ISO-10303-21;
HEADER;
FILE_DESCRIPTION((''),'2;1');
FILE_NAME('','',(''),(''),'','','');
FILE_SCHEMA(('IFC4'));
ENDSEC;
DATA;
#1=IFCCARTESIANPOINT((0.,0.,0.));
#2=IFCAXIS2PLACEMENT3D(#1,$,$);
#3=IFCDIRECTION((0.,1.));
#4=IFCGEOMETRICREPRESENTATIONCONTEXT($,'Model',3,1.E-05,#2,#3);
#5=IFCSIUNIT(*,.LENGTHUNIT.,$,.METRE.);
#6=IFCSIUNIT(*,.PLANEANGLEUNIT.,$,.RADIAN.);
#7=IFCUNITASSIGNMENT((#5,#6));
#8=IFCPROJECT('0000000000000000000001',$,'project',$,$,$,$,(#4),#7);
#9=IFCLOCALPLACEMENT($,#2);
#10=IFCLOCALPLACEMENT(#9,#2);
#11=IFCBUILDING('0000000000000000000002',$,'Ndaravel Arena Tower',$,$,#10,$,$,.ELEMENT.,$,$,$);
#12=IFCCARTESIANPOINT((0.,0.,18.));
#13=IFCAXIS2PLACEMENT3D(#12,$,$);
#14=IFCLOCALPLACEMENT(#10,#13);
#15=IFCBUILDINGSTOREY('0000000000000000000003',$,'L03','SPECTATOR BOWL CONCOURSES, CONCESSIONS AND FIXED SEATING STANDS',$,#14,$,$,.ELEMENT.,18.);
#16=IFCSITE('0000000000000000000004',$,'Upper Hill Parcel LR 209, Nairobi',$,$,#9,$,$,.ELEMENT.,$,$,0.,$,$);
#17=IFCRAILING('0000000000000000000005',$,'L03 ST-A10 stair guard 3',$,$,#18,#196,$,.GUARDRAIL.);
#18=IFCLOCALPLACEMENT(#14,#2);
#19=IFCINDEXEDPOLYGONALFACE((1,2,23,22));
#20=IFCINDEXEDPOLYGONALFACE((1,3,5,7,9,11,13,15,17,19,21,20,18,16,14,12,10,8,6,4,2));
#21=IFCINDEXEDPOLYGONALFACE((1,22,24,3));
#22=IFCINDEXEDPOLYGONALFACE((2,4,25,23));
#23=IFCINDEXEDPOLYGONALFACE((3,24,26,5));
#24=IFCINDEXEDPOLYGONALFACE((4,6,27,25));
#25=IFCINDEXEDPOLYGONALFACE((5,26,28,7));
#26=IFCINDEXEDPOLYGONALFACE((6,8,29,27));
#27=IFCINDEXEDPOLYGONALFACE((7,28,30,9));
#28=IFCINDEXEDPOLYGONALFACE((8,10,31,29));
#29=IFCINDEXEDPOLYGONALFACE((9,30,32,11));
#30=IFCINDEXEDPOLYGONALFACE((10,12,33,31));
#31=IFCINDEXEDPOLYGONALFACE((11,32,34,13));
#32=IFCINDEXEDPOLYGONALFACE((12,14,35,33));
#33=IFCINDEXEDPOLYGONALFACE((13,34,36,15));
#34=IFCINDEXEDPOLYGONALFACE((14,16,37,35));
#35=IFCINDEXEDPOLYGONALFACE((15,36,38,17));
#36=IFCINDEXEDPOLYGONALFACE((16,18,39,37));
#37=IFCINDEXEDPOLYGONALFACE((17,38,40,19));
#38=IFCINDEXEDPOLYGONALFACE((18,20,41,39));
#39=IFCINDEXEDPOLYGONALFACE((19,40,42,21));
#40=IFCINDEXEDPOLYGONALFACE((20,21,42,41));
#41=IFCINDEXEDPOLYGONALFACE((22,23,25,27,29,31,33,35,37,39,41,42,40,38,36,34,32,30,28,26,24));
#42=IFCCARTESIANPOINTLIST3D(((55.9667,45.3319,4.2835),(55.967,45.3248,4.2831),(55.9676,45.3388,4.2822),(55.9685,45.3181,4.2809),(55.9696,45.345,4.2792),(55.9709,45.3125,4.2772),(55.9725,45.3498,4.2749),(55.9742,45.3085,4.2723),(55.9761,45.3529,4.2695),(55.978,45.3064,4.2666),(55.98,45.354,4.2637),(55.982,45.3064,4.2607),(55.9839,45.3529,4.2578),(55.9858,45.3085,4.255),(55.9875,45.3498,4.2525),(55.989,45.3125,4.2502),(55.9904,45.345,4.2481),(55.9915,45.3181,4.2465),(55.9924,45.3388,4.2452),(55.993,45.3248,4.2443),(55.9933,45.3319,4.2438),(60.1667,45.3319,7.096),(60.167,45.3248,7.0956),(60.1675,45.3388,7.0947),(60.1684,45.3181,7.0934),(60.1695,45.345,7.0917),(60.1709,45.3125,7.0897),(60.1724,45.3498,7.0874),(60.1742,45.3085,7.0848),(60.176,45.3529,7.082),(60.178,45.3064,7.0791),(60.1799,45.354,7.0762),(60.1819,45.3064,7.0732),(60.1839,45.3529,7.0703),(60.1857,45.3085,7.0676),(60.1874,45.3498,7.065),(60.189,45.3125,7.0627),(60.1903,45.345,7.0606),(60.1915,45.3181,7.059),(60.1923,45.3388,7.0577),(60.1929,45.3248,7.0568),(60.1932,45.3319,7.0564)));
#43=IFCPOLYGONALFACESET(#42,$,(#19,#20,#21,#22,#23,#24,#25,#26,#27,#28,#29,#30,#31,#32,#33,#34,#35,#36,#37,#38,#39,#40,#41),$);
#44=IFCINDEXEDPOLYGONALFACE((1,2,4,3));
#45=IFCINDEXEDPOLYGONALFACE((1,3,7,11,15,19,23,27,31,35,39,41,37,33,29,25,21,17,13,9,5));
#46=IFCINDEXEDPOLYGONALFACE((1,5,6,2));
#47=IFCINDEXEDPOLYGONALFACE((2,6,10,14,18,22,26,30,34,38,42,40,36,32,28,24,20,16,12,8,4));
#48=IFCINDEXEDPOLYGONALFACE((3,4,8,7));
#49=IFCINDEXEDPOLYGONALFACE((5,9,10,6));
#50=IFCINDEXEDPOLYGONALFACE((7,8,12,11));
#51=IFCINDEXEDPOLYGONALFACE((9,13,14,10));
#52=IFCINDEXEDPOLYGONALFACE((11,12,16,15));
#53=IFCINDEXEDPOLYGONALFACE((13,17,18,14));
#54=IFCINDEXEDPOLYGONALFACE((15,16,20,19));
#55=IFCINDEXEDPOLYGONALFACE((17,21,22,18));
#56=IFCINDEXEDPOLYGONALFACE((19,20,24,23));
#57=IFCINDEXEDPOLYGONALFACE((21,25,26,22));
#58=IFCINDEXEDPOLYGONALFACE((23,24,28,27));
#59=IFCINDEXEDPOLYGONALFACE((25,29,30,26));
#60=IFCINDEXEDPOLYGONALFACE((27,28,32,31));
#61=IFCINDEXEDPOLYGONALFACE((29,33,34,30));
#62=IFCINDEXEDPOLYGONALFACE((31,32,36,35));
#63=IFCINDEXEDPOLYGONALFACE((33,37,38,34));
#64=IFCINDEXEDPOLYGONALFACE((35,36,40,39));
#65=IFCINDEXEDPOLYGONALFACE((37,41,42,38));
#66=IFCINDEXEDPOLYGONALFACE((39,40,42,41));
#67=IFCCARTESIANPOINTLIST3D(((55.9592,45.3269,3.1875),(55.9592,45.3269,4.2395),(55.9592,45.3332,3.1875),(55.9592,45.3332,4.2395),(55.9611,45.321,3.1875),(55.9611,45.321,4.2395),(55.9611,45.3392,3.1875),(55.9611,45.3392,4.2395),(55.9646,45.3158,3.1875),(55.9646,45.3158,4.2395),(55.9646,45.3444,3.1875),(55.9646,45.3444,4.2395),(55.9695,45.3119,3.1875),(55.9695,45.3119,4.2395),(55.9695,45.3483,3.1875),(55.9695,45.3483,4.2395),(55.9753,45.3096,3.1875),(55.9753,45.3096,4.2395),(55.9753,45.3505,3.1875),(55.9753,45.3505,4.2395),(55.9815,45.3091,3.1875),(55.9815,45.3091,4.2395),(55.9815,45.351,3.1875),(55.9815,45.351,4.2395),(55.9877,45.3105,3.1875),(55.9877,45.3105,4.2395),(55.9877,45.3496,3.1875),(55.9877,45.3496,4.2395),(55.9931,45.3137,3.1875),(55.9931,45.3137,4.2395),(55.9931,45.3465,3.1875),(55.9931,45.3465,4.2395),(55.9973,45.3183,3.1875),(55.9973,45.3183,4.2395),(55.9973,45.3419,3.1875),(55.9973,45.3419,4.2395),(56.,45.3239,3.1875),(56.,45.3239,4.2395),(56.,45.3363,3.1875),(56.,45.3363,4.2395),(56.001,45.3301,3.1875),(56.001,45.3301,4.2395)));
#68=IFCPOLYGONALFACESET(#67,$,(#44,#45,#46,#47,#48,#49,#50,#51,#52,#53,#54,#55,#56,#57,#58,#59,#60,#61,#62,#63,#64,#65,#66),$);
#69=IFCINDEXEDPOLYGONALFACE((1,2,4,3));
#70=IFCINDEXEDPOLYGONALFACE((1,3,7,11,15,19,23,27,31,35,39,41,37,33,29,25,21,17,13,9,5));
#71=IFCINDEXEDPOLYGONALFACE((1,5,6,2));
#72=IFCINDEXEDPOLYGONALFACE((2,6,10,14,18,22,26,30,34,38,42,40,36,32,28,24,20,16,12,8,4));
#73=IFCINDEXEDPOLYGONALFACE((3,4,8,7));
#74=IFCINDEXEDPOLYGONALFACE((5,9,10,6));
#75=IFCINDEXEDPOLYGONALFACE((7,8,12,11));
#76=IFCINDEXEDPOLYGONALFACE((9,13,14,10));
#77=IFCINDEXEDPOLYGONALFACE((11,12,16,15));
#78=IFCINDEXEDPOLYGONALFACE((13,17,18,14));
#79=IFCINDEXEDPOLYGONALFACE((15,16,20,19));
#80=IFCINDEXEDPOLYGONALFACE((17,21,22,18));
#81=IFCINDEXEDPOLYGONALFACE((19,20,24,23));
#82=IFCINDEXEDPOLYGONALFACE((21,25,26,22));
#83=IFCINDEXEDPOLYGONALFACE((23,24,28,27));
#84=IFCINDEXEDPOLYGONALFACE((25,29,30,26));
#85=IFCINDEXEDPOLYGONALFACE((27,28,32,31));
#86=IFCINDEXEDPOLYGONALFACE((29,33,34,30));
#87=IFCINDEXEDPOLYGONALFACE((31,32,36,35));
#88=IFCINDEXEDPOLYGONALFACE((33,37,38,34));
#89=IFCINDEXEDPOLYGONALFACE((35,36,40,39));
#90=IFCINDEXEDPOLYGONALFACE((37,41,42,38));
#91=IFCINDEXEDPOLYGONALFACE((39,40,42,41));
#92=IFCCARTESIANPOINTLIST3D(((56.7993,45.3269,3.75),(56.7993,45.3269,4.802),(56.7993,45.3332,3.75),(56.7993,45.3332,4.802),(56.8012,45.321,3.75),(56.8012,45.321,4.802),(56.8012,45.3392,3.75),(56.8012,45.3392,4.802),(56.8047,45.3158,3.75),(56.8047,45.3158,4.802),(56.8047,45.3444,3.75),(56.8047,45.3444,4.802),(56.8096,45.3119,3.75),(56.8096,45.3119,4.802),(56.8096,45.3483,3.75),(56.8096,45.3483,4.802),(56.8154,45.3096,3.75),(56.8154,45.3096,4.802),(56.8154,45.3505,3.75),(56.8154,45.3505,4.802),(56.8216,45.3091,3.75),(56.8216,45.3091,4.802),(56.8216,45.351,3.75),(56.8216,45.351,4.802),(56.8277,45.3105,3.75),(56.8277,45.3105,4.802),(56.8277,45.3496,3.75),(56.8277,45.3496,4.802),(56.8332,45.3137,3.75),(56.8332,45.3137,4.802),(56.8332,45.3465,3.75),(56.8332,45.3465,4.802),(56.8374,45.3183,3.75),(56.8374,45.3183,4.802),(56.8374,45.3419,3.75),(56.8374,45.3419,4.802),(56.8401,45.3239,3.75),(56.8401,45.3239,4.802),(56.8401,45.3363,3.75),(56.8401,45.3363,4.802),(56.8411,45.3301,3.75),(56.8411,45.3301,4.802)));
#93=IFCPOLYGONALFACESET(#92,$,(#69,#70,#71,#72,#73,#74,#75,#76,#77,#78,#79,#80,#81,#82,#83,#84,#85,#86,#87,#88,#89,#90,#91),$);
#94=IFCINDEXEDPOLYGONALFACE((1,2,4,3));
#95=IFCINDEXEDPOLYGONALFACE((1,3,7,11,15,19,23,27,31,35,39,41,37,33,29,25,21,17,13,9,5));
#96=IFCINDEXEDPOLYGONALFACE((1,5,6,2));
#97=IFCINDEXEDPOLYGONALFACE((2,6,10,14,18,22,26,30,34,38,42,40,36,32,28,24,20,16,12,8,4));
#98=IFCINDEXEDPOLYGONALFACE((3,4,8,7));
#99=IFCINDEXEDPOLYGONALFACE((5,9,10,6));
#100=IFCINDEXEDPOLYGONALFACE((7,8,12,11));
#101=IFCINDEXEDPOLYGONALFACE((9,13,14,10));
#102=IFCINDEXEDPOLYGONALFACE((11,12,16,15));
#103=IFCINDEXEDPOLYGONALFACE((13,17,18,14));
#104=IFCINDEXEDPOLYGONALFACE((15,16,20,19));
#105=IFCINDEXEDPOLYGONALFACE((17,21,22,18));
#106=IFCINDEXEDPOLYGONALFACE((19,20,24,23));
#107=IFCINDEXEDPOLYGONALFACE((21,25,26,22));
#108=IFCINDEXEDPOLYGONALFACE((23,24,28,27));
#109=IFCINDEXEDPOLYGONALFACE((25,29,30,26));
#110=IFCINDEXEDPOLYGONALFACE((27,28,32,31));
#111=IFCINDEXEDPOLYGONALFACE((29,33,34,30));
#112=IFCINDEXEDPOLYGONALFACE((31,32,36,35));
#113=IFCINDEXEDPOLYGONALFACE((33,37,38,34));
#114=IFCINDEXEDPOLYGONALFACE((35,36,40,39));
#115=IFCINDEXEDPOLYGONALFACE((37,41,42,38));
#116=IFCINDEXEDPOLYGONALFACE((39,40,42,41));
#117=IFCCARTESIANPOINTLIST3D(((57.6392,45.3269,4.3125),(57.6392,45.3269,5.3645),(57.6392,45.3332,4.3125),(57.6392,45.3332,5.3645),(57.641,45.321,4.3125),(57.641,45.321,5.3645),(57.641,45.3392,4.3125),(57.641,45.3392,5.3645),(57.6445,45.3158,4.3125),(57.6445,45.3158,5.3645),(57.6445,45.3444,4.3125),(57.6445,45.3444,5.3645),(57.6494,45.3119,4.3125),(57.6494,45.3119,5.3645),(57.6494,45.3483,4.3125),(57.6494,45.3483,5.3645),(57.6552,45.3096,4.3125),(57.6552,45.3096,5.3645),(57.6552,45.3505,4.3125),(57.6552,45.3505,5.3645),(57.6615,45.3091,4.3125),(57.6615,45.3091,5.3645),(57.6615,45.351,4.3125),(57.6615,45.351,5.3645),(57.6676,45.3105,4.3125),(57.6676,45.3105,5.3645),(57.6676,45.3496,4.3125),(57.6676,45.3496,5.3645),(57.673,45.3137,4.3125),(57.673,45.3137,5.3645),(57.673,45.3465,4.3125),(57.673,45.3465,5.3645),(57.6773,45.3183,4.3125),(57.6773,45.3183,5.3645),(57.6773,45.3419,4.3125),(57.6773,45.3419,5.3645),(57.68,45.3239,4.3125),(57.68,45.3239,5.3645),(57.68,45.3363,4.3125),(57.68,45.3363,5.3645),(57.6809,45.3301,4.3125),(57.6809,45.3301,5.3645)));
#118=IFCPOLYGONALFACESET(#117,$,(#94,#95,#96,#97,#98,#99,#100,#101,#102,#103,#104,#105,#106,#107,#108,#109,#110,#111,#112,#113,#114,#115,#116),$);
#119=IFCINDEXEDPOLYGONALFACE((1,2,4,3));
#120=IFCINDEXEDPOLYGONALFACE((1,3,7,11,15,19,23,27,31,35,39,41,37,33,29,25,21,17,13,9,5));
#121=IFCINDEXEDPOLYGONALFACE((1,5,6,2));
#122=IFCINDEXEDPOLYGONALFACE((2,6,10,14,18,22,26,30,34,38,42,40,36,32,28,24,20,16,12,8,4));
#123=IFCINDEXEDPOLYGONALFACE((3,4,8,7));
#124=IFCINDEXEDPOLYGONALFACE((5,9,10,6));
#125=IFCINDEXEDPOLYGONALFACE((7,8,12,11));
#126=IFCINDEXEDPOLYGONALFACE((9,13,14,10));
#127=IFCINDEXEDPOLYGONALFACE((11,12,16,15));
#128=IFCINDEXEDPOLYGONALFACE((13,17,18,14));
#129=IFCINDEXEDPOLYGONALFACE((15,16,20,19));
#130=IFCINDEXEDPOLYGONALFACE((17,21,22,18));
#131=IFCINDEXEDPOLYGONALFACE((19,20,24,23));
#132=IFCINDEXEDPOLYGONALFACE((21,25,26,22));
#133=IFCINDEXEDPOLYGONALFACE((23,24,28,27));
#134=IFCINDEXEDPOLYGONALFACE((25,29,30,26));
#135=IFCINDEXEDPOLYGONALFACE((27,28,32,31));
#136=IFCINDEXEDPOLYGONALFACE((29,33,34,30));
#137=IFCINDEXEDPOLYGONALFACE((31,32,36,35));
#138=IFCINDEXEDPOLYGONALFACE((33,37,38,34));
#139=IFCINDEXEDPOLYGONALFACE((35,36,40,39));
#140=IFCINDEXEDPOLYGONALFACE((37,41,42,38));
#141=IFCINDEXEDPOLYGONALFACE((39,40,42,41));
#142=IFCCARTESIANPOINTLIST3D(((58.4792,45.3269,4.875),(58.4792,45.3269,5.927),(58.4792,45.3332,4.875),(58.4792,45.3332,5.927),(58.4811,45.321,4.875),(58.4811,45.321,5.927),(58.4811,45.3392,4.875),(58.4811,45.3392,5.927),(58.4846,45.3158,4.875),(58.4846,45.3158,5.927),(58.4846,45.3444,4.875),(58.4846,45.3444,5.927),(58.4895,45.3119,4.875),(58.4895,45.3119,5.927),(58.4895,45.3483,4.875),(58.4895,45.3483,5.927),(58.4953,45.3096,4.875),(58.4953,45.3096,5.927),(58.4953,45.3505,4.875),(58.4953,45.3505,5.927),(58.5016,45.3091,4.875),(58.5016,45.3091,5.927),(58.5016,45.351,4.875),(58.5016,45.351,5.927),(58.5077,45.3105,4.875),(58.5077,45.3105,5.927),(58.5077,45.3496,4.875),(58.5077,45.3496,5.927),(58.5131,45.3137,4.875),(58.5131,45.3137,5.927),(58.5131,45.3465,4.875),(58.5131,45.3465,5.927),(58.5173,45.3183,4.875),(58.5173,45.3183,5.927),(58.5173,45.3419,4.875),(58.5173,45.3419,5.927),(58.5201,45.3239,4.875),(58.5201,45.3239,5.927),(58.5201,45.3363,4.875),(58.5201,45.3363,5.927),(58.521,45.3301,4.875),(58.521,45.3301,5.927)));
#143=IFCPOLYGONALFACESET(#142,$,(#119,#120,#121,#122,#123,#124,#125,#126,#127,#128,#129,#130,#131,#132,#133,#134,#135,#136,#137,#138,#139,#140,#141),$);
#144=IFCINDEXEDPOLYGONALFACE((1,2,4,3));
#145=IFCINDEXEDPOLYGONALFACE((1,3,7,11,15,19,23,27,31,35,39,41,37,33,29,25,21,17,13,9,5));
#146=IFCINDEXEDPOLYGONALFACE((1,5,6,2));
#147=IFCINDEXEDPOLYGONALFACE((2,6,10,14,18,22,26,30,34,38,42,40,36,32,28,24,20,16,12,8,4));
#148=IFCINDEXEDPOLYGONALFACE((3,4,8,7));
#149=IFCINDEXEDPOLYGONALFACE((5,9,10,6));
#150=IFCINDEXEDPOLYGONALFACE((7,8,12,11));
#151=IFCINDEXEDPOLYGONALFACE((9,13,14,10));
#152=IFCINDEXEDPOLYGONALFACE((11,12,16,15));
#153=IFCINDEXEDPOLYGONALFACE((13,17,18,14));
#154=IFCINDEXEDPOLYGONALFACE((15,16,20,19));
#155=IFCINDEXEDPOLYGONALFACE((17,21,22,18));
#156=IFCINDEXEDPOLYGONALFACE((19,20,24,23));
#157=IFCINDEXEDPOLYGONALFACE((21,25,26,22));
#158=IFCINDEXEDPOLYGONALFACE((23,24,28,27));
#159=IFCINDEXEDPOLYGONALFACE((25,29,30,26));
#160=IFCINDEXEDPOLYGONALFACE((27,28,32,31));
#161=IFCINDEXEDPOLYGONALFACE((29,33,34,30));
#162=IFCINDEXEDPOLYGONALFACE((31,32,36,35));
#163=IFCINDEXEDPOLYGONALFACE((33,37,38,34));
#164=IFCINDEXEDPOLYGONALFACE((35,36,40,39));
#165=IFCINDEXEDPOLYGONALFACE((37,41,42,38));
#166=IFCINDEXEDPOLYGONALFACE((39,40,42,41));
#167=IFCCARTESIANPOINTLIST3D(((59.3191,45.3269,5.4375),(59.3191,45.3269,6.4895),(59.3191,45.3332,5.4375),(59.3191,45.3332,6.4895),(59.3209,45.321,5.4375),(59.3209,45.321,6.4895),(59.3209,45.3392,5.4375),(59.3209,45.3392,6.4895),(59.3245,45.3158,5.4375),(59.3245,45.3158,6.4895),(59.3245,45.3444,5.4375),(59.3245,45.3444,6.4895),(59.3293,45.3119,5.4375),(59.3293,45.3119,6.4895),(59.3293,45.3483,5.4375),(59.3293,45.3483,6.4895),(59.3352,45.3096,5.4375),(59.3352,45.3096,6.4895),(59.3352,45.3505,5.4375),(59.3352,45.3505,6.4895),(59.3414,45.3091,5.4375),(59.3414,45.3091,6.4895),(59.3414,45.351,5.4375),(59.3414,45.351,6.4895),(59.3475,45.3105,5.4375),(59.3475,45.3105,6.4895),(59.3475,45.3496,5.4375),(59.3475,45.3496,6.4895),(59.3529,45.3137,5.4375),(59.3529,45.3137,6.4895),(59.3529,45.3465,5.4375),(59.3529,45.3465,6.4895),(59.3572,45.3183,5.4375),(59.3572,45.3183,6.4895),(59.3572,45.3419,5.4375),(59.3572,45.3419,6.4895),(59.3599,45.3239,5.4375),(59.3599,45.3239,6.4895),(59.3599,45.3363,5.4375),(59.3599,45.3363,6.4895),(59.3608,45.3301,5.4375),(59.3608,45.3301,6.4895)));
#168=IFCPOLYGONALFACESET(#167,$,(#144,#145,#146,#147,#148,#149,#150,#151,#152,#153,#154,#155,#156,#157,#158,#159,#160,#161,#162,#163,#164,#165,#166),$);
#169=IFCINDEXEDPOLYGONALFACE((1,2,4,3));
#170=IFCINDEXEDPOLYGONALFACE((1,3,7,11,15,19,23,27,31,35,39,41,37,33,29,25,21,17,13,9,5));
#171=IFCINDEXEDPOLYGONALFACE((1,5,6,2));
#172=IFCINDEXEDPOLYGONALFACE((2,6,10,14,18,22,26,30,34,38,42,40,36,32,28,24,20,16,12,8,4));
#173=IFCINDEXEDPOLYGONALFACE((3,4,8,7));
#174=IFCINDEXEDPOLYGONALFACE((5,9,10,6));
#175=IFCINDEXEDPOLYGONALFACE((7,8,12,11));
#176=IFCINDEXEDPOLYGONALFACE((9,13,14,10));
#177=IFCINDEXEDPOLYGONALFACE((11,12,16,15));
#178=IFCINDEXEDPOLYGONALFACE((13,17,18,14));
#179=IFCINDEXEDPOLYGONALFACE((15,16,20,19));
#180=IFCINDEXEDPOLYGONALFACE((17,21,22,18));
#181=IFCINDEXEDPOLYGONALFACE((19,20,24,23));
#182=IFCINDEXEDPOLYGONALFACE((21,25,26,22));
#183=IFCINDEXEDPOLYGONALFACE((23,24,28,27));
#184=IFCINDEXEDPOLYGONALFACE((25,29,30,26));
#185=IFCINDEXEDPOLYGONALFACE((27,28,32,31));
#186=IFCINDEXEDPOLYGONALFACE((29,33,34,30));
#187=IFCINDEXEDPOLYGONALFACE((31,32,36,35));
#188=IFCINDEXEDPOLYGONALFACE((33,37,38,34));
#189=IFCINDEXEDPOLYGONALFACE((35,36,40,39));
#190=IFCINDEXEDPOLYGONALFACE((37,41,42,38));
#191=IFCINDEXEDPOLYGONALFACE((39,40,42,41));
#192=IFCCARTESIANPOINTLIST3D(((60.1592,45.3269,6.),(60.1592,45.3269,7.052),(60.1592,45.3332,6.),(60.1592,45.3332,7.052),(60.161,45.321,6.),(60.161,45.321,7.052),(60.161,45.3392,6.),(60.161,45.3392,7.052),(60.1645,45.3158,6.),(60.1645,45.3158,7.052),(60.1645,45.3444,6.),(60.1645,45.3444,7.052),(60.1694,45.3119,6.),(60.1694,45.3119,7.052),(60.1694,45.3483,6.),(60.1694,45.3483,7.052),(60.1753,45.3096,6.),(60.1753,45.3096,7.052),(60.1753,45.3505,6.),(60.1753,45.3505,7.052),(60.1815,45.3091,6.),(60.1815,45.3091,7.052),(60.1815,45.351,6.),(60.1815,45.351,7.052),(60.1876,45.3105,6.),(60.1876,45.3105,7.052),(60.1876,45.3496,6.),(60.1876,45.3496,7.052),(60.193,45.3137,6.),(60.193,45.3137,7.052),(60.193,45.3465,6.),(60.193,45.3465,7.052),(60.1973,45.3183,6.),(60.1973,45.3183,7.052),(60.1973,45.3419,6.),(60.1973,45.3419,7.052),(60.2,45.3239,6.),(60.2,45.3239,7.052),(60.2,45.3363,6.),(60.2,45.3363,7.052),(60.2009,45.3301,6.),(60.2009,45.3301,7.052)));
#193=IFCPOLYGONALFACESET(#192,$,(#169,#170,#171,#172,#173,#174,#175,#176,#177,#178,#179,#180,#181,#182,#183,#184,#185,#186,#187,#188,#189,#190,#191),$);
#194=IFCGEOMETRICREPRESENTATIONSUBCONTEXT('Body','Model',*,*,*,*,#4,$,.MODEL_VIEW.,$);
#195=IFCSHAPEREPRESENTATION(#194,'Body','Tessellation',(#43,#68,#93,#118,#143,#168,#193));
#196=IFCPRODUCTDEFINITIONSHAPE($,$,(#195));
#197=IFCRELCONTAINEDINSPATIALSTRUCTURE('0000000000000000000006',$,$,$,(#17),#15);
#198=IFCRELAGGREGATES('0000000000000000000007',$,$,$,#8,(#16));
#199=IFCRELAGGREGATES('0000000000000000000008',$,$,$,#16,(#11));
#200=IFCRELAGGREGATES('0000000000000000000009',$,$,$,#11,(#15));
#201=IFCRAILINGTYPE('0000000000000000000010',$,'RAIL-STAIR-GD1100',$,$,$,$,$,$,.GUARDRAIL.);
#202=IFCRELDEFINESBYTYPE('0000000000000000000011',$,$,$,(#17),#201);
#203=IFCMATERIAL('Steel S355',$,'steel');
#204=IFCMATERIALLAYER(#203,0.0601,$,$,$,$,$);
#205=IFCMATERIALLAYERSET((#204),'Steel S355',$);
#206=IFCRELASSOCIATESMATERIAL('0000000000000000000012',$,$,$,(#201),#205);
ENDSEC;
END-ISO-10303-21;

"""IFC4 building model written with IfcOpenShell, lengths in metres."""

from ifc_helpers import new_model, si_unit, direction, frame, origin, origin_2d, place, context, subcontext, project, spatial, circle, extrude, material, layer, layer_set, type_object, element, save


model = new_model("IFC4")

# Units and contexts
model_context = context("Model", 3, precision=1e-05, world=origin(), true_north=direction((0.0, 1.0)))
body_context = subcontext(model_context, "Body", "Model", "MODEL_VIEW")
ifc_project = project(units=[si_unit("LENGTHUNIT", "METRE"), si_unit("PLANEANGLEUNIT", "RADIAN")], contexts=[model_context])

# Site, building, storey
site_placement = place(None, origin())
site = spatial("IfcSite", under=ifc_project, at=site_placement, Name="Upper Hill Parcel LR 209, Nairobi", CompositionType="ELEMENT", RefElevation=0.0)
building_placement = place(site_placement, origin())
building = spatial("IfcBuilding", under=site, at=building_placement, Name="Ndaravel Arena Tower", CompositionType="ELEMENT")
storey_placement = place(building_placement, frame((0.0, 0.0, 18.0)))
storey = spatial("IfcBuildingStorey", under=building, at=storey_placement, Name="L03", Description="SPECTATOR BOWL CONCOURSES, CONCESSIONS AND FIXED SEATING STANDS", CompositionType="ELEMENT", Elevation=18.0)

# Railing
ifc_material_1 = material(Name="Steel S355", Category="steel")
ifc_layer_1 = layer(ifc_material_1, 0.0601)
ifc_layer_set_1 = layer_set([ifc_layer_1], Name="Steel S355")
railing_type_1 = type_object("IfcRailingType", Name="RAIL-STAIR-GD1100", PredefinedType="GUARDRAIL", material=ifc_layer_set_1)
railing_1_placement = place(storey_placement, frame((55.98, 45.3301, 3.1875)))
element("IfcRailing", 1, at=railing_1_placement, inside=storey, type_object=railing_type_1, Name="L03 ST-A10 stair guard 3", PredefinedType="GUARDRAIL", context=body_context, shape_type="SweptSolid", body=[
    extrude(circle(Radius=0.0239, at=origin_2d()), frame((0.0, 0.0, 1.0762), z_axis=(0.830904, 0.0, 0.556416), x_axis=(0.0, 1.0, 0.0)), (0.0, 0.0, 1.0), 5.0547),
    extrude(circle(Radius=0.021, at=origin_2d()), origin(), (0.0, 0.0, 1.0), 1.052),
    extrude(circle(Radius=0.021, at=origin_2d()), frame((0.8401, 0.0, 0.5625)), (0.0, 0.0, 1.0), 1.052),
    extrude(circle(Radius=0.021, at=origin_2d()), frame((1.6799, 0.0, 1.125)), (0.0, 0.0, 1.0), 1.052),
    extrude(circle(Radius=0.021, at=origin_2d()), frame((2.52, 0.0, 1.6875)), (0.0, 0.0, 1.0), 1.052),
    extrude(circle(Radius=0.021, at=origin_2d()), frame((3.3599, 0.0, 2.25)), (0.0, 0.0, 1.0), 1.052),
    extrude(circle(Radius=0.021, at=origin_2d()), frame((4.2, 0.0, 2.8125)), (0.0, 0.0, 1.0), 1.052),
])

save(model, "model.ifc")
